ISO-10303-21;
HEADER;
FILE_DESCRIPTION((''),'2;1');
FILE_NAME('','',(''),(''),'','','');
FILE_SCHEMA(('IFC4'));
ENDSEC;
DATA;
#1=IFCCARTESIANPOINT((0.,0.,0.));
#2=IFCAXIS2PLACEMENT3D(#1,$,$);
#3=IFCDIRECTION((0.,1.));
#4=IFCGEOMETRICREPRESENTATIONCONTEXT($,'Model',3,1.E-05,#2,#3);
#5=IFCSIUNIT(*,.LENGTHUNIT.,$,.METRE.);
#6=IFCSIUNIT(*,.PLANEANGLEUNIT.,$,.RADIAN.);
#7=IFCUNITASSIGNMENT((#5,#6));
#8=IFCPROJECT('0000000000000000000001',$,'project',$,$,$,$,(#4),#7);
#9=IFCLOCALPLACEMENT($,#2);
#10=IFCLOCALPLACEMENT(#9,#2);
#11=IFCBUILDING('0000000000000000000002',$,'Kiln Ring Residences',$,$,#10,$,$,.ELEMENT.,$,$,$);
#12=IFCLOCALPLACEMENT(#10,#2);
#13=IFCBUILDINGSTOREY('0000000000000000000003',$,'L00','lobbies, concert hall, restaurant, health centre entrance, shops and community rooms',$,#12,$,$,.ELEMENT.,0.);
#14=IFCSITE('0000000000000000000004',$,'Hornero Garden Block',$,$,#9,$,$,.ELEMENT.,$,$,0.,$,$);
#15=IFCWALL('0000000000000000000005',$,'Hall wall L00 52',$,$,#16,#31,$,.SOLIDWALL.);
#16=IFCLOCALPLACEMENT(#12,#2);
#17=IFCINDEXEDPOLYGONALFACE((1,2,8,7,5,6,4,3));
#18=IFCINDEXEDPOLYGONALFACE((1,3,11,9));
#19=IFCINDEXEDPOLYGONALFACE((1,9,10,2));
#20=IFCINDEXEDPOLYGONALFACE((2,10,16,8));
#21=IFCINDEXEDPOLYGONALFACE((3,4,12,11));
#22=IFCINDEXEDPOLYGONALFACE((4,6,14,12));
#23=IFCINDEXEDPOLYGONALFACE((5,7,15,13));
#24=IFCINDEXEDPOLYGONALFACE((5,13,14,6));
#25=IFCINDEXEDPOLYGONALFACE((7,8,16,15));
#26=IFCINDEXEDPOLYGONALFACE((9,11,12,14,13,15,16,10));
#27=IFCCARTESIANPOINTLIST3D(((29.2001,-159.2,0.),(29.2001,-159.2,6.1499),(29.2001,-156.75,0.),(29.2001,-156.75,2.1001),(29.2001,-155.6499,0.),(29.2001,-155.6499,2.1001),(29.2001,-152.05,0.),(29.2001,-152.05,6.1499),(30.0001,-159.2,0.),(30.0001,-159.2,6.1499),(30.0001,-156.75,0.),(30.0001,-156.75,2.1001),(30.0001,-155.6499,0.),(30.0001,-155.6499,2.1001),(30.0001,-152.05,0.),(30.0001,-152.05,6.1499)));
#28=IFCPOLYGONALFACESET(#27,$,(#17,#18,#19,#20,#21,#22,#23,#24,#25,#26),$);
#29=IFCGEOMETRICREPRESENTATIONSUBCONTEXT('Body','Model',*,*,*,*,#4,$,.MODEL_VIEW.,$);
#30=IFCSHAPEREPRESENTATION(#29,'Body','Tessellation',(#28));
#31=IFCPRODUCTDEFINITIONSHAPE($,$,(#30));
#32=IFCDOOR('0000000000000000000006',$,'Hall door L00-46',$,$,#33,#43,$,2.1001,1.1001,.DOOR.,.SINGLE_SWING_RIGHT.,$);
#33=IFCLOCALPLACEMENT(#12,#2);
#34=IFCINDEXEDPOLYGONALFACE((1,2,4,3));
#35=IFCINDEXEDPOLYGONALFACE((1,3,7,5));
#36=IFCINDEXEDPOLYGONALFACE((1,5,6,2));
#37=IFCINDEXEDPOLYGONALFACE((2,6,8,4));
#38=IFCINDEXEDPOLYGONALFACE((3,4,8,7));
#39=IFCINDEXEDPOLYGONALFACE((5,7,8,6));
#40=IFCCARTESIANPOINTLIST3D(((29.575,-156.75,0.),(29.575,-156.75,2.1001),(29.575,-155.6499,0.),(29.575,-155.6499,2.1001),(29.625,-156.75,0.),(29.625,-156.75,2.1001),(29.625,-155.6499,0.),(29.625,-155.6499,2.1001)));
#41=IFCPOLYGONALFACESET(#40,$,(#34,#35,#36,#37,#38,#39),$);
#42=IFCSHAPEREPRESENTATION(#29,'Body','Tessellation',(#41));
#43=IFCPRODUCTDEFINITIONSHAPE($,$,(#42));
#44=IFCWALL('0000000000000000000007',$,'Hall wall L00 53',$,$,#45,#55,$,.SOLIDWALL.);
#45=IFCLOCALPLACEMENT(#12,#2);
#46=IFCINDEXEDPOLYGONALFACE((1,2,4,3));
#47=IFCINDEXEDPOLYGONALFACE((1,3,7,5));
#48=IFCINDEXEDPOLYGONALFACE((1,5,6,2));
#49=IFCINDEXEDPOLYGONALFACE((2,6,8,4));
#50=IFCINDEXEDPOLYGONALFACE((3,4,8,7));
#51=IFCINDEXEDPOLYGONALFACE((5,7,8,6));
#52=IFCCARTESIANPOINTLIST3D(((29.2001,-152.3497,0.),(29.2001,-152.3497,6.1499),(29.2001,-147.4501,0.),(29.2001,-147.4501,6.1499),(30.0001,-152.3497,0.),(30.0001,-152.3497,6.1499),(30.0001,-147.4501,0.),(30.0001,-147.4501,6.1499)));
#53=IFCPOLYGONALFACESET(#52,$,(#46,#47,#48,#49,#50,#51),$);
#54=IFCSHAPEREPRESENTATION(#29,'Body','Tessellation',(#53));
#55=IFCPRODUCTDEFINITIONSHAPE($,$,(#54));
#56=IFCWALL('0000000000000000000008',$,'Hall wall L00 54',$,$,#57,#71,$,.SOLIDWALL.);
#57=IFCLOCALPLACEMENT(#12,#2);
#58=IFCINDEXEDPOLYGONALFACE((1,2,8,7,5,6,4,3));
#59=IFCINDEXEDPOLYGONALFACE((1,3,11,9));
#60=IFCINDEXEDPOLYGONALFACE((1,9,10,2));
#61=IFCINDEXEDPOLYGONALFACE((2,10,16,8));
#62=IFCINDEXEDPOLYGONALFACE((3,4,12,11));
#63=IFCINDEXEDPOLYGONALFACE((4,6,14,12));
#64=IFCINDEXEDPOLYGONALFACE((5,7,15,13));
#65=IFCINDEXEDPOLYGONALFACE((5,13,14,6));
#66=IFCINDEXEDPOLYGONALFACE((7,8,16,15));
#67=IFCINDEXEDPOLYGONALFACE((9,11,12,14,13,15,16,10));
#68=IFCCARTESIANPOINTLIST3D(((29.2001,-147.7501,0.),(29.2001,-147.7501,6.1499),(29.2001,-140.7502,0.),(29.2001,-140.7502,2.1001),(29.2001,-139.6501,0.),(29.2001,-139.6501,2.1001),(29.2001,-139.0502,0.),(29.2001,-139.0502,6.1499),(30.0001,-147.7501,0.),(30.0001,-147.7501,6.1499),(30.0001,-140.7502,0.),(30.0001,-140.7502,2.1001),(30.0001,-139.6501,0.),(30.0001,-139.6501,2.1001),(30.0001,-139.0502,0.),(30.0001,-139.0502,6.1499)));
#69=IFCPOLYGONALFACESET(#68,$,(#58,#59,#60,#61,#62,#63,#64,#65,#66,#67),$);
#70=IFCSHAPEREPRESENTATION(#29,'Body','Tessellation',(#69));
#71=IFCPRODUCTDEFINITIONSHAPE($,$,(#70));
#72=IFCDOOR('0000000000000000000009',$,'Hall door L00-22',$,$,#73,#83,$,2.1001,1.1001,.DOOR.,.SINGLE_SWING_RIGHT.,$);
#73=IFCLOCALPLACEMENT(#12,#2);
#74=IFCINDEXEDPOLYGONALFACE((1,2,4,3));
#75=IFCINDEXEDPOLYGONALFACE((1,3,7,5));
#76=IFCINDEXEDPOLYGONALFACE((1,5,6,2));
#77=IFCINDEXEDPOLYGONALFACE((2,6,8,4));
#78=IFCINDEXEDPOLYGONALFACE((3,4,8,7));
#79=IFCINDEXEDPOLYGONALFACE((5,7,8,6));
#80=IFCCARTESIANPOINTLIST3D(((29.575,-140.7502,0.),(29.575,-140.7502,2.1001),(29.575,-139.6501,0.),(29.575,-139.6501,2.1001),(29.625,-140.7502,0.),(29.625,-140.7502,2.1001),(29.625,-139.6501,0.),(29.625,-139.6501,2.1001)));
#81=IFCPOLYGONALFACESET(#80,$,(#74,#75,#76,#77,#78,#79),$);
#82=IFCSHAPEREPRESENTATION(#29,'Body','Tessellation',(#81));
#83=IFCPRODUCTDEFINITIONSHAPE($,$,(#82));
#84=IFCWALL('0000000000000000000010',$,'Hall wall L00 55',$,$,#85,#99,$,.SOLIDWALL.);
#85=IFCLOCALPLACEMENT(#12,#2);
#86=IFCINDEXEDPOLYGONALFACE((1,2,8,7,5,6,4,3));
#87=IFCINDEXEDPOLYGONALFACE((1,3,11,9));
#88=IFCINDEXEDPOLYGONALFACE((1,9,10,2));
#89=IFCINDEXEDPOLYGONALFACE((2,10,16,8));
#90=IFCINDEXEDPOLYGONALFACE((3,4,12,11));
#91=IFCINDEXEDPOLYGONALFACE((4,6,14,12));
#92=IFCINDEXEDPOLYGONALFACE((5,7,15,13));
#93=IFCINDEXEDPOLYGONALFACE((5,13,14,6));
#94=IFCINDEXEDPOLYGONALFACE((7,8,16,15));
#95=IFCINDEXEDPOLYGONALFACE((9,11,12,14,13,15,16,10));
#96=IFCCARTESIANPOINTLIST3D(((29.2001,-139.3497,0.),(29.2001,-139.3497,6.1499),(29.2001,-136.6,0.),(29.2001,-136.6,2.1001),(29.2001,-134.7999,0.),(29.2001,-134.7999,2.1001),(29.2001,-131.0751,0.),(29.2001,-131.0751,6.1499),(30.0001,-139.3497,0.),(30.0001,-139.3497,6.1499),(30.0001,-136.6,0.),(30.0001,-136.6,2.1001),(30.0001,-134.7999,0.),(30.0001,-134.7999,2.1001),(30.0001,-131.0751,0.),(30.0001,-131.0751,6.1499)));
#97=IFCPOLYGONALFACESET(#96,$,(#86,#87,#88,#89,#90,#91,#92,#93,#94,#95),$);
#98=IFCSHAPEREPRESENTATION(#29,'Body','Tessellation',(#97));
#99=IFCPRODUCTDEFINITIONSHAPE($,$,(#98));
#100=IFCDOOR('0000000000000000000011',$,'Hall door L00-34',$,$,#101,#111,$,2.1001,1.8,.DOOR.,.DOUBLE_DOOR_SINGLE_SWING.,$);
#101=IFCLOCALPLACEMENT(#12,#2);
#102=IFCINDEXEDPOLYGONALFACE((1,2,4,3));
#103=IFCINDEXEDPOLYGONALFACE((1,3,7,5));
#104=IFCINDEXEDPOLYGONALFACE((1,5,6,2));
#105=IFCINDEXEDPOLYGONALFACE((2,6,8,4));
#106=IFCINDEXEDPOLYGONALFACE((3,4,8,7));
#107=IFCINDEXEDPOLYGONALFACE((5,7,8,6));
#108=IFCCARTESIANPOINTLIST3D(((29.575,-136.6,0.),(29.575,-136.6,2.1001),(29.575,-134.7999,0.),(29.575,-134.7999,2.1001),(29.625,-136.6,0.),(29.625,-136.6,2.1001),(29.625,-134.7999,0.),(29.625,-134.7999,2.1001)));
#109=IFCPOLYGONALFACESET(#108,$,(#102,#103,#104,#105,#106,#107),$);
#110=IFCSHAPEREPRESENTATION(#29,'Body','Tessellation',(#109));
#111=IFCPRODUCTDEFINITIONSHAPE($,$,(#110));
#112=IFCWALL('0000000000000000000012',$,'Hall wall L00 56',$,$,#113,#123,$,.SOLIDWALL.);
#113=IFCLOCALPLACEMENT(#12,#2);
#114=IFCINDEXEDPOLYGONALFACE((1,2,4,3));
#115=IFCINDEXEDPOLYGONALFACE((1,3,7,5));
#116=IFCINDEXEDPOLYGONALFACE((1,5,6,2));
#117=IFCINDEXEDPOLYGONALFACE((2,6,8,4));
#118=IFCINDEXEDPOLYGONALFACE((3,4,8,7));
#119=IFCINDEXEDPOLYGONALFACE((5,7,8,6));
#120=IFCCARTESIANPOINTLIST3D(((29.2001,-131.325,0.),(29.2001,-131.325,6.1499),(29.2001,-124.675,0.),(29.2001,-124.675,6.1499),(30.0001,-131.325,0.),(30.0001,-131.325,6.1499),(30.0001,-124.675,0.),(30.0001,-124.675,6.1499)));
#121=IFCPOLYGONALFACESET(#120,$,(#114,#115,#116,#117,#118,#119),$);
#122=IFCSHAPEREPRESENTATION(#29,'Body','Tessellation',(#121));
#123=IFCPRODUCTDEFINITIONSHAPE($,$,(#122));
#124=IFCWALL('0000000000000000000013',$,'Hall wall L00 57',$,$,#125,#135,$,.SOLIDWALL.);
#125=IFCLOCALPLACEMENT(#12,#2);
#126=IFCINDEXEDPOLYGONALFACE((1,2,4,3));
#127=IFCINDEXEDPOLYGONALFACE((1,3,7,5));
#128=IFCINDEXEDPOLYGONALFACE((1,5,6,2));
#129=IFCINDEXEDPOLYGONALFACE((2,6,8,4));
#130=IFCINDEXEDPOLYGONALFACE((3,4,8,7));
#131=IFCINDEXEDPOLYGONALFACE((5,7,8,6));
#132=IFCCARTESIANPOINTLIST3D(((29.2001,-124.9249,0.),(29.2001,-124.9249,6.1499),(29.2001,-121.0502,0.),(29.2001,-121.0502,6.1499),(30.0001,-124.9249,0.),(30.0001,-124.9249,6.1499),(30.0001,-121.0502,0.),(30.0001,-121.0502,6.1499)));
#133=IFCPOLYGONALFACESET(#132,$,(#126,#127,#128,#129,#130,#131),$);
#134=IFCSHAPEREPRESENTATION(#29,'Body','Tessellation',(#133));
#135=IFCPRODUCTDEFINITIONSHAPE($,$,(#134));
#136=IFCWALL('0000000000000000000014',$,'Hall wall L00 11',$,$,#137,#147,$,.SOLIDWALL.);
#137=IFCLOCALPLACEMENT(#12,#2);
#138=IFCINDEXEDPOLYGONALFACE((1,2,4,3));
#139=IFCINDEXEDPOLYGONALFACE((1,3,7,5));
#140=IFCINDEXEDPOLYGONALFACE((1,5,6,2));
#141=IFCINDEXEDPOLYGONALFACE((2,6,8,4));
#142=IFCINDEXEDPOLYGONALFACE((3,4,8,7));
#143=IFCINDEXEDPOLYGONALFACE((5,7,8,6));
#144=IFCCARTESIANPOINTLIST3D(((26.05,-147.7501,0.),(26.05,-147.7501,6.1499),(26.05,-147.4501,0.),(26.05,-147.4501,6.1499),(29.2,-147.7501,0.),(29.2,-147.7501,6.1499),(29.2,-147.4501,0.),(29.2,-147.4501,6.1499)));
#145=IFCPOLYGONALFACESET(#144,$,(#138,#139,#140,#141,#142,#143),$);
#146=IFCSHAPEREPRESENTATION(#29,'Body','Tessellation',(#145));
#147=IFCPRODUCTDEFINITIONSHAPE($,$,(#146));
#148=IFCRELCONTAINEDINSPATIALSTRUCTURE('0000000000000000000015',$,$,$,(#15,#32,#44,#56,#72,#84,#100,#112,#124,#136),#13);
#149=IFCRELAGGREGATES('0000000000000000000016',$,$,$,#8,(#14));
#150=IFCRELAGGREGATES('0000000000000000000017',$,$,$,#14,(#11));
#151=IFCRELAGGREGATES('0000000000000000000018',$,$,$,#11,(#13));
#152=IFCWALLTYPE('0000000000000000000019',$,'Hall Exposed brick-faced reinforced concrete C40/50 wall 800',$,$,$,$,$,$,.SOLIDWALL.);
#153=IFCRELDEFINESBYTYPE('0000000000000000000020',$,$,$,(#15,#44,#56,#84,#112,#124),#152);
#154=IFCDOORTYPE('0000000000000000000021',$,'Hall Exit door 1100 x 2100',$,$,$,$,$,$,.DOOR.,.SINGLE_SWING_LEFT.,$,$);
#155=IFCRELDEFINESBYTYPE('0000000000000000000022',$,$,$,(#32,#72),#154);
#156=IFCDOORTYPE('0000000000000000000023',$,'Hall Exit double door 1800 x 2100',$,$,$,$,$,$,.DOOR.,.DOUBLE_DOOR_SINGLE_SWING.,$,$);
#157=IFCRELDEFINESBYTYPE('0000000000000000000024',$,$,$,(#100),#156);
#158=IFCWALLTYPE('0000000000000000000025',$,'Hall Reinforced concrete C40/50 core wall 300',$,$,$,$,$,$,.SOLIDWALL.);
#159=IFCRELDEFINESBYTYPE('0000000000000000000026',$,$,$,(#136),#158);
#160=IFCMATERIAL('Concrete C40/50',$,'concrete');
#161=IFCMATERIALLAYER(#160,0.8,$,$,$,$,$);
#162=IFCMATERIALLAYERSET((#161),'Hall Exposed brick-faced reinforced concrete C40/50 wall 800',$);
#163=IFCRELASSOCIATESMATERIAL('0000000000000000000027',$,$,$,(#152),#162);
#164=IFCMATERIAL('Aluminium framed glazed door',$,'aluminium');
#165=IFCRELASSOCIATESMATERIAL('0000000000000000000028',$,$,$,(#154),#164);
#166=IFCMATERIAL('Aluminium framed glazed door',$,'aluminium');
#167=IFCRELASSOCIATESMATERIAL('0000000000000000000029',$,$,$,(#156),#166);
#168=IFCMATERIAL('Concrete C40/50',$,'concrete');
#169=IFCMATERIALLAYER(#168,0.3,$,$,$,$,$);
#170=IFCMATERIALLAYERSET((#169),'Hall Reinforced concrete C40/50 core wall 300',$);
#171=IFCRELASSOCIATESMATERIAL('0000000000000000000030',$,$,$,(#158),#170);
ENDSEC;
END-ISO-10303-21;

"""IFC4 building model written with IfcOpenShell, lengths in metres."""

from ifc_helpers import new_model, si_unit, direction, frame, frame_2d, origin, place, context, subcontext, project, spatial, rectangle, extrude, material, layer, layer_set, type_object, element, fill, save


model = new_model("IFC4")

# Units and contexts
model_context = context("Model", 3, precision=1e-05, world=origin(), true_north=direction((0.0, 1.0)))
body_context = subcontext(model_context, "Body", "Model", "MODEL_VIEW")
ifc_project = project(units=[si_unit("LENGTHUNIT", "METRE"), si_unit("PLANEANGLEUNIT", "RADIAN")], contexts=[model_context])

# Site, building, storey
site_placement = place(None, origin())
site = spatial("IfcSite", under=ifc_project, at=site_placement, Name="Hornero Garden Block", CompositionType="ELEMENT", RefElevation=0.0)
building_placement = place(site_placement, origin())
building = spatial("IfcBuilding", under=site, at=building_placement, Name="Kiln Ring Residences", CompositionType="ELEMENT")
storey_placement = place(building_placement, origin())
storey = spatial("IfcBuildingStorey", under=building, at=storey_placement, Name="L00", Description="lobbies, concert hall, restaurant, health centre entrance, shops and community rooms", CompositionType="ELEMENT", Elevation=0.0)

# Wall, opening, door
ifc_material_1 = material(Name="Concrete C40/50", Category="concrete")
ifc_layer_1 = layer(ifc_material_1, 0.8)
ifc_layer_set_1 = layer_set([ifc_layer_1], Name="Hall Exposed brick-faced reinforced concrete C40/50 wall 800")
wall_type_1 = type_object("IfcWallType", Name="Hall Exposed brick-faced reinforced concrete C40/50 wall 800", PredefinedType="SOLIDWALL", material=ifc_layer_set_1)
wall_1_placement = place(storey_placement, frame((29.6001, -152.05, 0.0), z_axis=(0.0, 0.0, 1.0), x_axis=(0.0, -1.0, 0.0)))
wall_1 = element("IfcWall", 1, at=wall_1_placement, inside=storey, type_object=wall_type_1, Name="Hall wall L00 52", PredefinedType="SOLIDWALL", context=body_context, shape_type="SweptSolid", body=[
    extrude(rectangle(XDim=7.1499, YDim=0.8, at=frame_2d((3.575, 0.0))), origin(), (0.0, 0.0, 1.0), 6.1499),
])
opening_1_placement = place(wall_1_placement, frame((3.5999, 0.0, 0.0)))
opening_1 = element("IfcOpeningElement", 2, at=opening_1_placement, cuts=wall_1, PredefinedType="OPENING", context=body_context, shape_type="SweptSolid", body=[
    extrude(rectangle(XDim=1.1001, YDim=2.1001, at=frame_2d((0.55, 1.05))), frame((0.0, 0.4099, 0.0), z_axis=(0.0, -1.0, 0.0), x_axis=(1.0, 0.0, 0.0)), (0.0, 0.0, 1.0), 0.8201),
])
ifc_material_2 = material(Name="Aluminium framed glazed door", Category="aluminium")
door_type_1 = type_object("IfcDoorType", Name="Hall Exit door 1100 x 2100", OperationType="SINGLE_SWING_LEFT", PredefinedType="DOOR", material=ifc_material_2)
door_1_placement = place(opening_1_placement, origin())
door_1 = element("IfcDoor", 3, at=door_1_placement, inside=storey, type_object=door_type_1, Name="Hall door L00-46", OperationType="SINGLE_SWING_RIGHT", OverallHeight=2.1001, OverallWidth=1.1001, PredefinedType="DOOR", context=body_context, shape_type="SweptSolid", body=[
    extrude(rectangle(XDim=1.1001, YDim=2.1001, at=frame_2d((0.55, 1.05))), frame((0.0, 0.0249, 0.0), z_axis=(0.0, -1.0, 0.0), x_axis=(1.0, 0.0, 0.0)), (0.0, 0.0, 1.0), 0.05),
])
fill(opening_1, door_1)

# Wall
wall_2_placement = place(storey_placement, frame((29.6001, -147.4502, 0.0), z_axis=(0.0, 0.0, 1.0), x_axis=(0.0, -1.0, 0.0)))
element("IfcWall", 4, at=wall_2_placement, inside=storey, type_object=wall_type_1, Name="Hall wall L00 53", PredefinedType="SOLIDWALL", context=body_context, shape_type="SweptSolid", body=[
    extrude(rectangle(XDim=4.8997, YDim=0.8, at=frame_2d((2.4497, 0.0))), origin(), (0.0, 0.0, 1.0), 6.1499),
])

# Walls, openings, doors
wall_3_placement = place(storey_placement, frame((29.6001, -139.05, 0.0), z_axis=(0.0, 0.0, 1.0), x_axis=(0.0, -1.0, 0.0)))
wall_3 = element("IfcWall", 5, at=wall_3_placement, inside=storey, type_object=wall_type_1, Name="Hall wall L00 54", PredefinedType="SOLIDWALL", context=body_context, shape_type="SweptSolid", body=[
    extrude(rectangle(XDim=8.7, YDim=0.8, at=frame_2d((4.3501, 0.0))), origin(), (0.0, 0.0, 1.0), 6.1499),
])
opening_2_placement = place(wall_3_placement, frame((0.6001, 0.0, 0.0)))
opening_2 = element("IfcOpeningElement", 6, at=opening_2_placement, cuts=wall_3, PredefinedType="OPENING", context=body_context, shape_type="SweptSolid", body=[
    extrude(rectangle(XDim=1.1001, YDim=2.1001, at=frame_2d((0.55, 1.05))), frame((0.0, 0.4099, 0.0), z_axis=(0.0, -1.0, 0.0), x_axis=(1.0, 0.0, 0.0)), (0.0, 0.0, 1.0), 0.8201),
])
door_2_placement = place(opening_2_placement, origin())
door_2 = element("IfcDoor", 7, at=door_2_placement, inside=storey, type_object=door_type_1, Name="Hall door L00-22", OperationType="SINGLE_SWING_RIGHT", OverallHeight=2.1001, OverallWidth=1.1001, PredefinedType="DOOR", context=body_context, shape_type="SweptSolid", body=[
    extrude(rectangle(XDim=1.1001, YDim=2.1001, at=frame_2d((0.55, 1.05))), frame((0.0, 0.0249, 0.0), z_axis=(0.0, -1.0, 0.0), x_axis=(1.0, 0.0, 0.0)), (0.0, 0.0, 1.0), 0.05),
])
fill(opening_2, door_2)
wall_4_placement = place(storey_placement, frame((29.6001, -131.0752, 0.0), z_axis=(0.0, 0.0, 1.0), x_axis=(0.0, -1.0, 0.0)))
wall_4 = element("IfcWall", 8, at=wall_4_placement, inside=storey, type_object=wall_type_1, Name="Hall wall L00 55", PredefinedType="SOLIDWALL", context=body_context, shape_type="SweptSolid", body=[
    extrude(rectangle(XDim=8.2747, YDim=0.8, at=frame_2d((4.1372, 0.0))), origin(), (0.0, 0.0, 1.0), 6.1499),
])
opening_3_placement = place(wall_4_placement, frame((3.7249, 0.0, 0.0)))
opening_3 = element("IfcOpeningElement", 9, at=opening_3_placement, cuts=wall_4, PredefinedType="OPENING", context=body_context, shape_type="SweptSolid", body=[
    extrude(rectangle(XDim=1.8, YDim=2.1001, at=frame_2d((0.8999, 1.05))), frame((0.0, 0.4099, 0.0), z_axis=(0.0, -1.0, 0.0), x_axis=(1.0, 0.0, 0.0)), (0.0, 0.0, 1.0), 0.8201),
])
ifc_material_3 = material(Name="Aluminium framed glazed door", Category="aluminium")
door_type_2 = type_object("IfcDoorType", Name="Hall Exit double door 1800 x 2100", OperationType="DOUBLE_DOOR_SINGLE_SWING", PredefinedType="DOOR", material=ifc_material_3)
door_3_placement = place(opening_3_placement, origin())
door_3 = element("IfcDoor", 10, at=door_3_placement, inside=storey, type_object=door_type_2, Name="Hall door L00-34", OperationType="DOUBLE_DOOR_SINGLE_SWING", OverallHeight=2.1001, OverallWidth=1.8, PredefinedType="DOOR", context=body_context, shape_type="SweptSolid", body=[
    extrude(rectangle(XDim=1.8, YDim=2.1001, at=frame_2d((0.8999, 1.05))), frame((0.0, 0.0249, 0.0), z_axis=(0.0, -1.0, 0.0), x_axis=(1.0, 0.0, 0.0)), (0.0, 0.0, 1.0), 0.05),
])
fill(opening_3, door_3)

# Walls
wall_5_placement = place(storey_placement, frame((29.6001, -124.675, 0.0), z_axis=(0.0, 0.0, 1.0), x_axis=(0.0, -1.0, 0.0)))
element("IfcWall", 11, at=wall_5_placement, inside=storey, type_object=wall_type_1, Name="Hall wall L00 56", PredefinedType="SOLIDWALL", context=body_context, shape_type="SweptSolid", body=[
    extrude(rectangle(XDim=6.6499, YDim=0.8, at=frame_2d((3.325, 0.0))), origin(), (0.0, 0.0, 1.0), 6.1499),
])
wall_6_placement = place(storey_placement, frame((29.6001, -121.05, 0.0), z_axis=(0.0, 0.0, 1.0), x_axis=(0.0, -1.0, 0.0)))
element("IfcWall", 12, at=wall_6_placement, inside=storey, type_object=wall_type_1, Name="Hall wall L00 57", PredefinedType="SOLIDWALL", context=body_context, shape_type="SweptSolid", body=[
    extrude(rectangle(XDim=3.8748, YDim=0.8, at=frame_2d((1.9375, 0.0))), origin(), (0.0, 0.0, 1.0), 6.1499),
])
ifc_material_4 = material(Name="Concrete C40/50", Category="concrete")
ifc_layer_2 = layer(ifc_material_4, 0.3)
ifc_layer_set_2 = layer_set([ifc_layer_2], Name="Hall Reinforced concrete C40/50 core wall 300")
wall_type_2 = type_object("IfcWallType", Name="Hall Reinforced concrete C40/50 core wall 300", PredefinedType="SOLIDWALL", material=ifc_layer_set_2)
wall_7_placement = place(storey_placement, frame((26.05, -147.6001, 0.0), z_axis=(0.0, 0.0, 1.0), x_axis=(1.0, 0.0, 0.0)))
element("IfcWall", 13, at=wall_7_placement, inside=storey, type_object=wall_type_2, Name="Hall wall L00 11", PredefinedType="SOLIDWALL", context=body_context, shape_type="SweptSolid", body=[
    extrude(rectangle(XDim=3.1499, YDim=0.3, at=frame_2d((1.575, 0.0))), origin(), (0.0, 0.0, 1.0), 6.1499),
])

save(model, "model.ifc")
